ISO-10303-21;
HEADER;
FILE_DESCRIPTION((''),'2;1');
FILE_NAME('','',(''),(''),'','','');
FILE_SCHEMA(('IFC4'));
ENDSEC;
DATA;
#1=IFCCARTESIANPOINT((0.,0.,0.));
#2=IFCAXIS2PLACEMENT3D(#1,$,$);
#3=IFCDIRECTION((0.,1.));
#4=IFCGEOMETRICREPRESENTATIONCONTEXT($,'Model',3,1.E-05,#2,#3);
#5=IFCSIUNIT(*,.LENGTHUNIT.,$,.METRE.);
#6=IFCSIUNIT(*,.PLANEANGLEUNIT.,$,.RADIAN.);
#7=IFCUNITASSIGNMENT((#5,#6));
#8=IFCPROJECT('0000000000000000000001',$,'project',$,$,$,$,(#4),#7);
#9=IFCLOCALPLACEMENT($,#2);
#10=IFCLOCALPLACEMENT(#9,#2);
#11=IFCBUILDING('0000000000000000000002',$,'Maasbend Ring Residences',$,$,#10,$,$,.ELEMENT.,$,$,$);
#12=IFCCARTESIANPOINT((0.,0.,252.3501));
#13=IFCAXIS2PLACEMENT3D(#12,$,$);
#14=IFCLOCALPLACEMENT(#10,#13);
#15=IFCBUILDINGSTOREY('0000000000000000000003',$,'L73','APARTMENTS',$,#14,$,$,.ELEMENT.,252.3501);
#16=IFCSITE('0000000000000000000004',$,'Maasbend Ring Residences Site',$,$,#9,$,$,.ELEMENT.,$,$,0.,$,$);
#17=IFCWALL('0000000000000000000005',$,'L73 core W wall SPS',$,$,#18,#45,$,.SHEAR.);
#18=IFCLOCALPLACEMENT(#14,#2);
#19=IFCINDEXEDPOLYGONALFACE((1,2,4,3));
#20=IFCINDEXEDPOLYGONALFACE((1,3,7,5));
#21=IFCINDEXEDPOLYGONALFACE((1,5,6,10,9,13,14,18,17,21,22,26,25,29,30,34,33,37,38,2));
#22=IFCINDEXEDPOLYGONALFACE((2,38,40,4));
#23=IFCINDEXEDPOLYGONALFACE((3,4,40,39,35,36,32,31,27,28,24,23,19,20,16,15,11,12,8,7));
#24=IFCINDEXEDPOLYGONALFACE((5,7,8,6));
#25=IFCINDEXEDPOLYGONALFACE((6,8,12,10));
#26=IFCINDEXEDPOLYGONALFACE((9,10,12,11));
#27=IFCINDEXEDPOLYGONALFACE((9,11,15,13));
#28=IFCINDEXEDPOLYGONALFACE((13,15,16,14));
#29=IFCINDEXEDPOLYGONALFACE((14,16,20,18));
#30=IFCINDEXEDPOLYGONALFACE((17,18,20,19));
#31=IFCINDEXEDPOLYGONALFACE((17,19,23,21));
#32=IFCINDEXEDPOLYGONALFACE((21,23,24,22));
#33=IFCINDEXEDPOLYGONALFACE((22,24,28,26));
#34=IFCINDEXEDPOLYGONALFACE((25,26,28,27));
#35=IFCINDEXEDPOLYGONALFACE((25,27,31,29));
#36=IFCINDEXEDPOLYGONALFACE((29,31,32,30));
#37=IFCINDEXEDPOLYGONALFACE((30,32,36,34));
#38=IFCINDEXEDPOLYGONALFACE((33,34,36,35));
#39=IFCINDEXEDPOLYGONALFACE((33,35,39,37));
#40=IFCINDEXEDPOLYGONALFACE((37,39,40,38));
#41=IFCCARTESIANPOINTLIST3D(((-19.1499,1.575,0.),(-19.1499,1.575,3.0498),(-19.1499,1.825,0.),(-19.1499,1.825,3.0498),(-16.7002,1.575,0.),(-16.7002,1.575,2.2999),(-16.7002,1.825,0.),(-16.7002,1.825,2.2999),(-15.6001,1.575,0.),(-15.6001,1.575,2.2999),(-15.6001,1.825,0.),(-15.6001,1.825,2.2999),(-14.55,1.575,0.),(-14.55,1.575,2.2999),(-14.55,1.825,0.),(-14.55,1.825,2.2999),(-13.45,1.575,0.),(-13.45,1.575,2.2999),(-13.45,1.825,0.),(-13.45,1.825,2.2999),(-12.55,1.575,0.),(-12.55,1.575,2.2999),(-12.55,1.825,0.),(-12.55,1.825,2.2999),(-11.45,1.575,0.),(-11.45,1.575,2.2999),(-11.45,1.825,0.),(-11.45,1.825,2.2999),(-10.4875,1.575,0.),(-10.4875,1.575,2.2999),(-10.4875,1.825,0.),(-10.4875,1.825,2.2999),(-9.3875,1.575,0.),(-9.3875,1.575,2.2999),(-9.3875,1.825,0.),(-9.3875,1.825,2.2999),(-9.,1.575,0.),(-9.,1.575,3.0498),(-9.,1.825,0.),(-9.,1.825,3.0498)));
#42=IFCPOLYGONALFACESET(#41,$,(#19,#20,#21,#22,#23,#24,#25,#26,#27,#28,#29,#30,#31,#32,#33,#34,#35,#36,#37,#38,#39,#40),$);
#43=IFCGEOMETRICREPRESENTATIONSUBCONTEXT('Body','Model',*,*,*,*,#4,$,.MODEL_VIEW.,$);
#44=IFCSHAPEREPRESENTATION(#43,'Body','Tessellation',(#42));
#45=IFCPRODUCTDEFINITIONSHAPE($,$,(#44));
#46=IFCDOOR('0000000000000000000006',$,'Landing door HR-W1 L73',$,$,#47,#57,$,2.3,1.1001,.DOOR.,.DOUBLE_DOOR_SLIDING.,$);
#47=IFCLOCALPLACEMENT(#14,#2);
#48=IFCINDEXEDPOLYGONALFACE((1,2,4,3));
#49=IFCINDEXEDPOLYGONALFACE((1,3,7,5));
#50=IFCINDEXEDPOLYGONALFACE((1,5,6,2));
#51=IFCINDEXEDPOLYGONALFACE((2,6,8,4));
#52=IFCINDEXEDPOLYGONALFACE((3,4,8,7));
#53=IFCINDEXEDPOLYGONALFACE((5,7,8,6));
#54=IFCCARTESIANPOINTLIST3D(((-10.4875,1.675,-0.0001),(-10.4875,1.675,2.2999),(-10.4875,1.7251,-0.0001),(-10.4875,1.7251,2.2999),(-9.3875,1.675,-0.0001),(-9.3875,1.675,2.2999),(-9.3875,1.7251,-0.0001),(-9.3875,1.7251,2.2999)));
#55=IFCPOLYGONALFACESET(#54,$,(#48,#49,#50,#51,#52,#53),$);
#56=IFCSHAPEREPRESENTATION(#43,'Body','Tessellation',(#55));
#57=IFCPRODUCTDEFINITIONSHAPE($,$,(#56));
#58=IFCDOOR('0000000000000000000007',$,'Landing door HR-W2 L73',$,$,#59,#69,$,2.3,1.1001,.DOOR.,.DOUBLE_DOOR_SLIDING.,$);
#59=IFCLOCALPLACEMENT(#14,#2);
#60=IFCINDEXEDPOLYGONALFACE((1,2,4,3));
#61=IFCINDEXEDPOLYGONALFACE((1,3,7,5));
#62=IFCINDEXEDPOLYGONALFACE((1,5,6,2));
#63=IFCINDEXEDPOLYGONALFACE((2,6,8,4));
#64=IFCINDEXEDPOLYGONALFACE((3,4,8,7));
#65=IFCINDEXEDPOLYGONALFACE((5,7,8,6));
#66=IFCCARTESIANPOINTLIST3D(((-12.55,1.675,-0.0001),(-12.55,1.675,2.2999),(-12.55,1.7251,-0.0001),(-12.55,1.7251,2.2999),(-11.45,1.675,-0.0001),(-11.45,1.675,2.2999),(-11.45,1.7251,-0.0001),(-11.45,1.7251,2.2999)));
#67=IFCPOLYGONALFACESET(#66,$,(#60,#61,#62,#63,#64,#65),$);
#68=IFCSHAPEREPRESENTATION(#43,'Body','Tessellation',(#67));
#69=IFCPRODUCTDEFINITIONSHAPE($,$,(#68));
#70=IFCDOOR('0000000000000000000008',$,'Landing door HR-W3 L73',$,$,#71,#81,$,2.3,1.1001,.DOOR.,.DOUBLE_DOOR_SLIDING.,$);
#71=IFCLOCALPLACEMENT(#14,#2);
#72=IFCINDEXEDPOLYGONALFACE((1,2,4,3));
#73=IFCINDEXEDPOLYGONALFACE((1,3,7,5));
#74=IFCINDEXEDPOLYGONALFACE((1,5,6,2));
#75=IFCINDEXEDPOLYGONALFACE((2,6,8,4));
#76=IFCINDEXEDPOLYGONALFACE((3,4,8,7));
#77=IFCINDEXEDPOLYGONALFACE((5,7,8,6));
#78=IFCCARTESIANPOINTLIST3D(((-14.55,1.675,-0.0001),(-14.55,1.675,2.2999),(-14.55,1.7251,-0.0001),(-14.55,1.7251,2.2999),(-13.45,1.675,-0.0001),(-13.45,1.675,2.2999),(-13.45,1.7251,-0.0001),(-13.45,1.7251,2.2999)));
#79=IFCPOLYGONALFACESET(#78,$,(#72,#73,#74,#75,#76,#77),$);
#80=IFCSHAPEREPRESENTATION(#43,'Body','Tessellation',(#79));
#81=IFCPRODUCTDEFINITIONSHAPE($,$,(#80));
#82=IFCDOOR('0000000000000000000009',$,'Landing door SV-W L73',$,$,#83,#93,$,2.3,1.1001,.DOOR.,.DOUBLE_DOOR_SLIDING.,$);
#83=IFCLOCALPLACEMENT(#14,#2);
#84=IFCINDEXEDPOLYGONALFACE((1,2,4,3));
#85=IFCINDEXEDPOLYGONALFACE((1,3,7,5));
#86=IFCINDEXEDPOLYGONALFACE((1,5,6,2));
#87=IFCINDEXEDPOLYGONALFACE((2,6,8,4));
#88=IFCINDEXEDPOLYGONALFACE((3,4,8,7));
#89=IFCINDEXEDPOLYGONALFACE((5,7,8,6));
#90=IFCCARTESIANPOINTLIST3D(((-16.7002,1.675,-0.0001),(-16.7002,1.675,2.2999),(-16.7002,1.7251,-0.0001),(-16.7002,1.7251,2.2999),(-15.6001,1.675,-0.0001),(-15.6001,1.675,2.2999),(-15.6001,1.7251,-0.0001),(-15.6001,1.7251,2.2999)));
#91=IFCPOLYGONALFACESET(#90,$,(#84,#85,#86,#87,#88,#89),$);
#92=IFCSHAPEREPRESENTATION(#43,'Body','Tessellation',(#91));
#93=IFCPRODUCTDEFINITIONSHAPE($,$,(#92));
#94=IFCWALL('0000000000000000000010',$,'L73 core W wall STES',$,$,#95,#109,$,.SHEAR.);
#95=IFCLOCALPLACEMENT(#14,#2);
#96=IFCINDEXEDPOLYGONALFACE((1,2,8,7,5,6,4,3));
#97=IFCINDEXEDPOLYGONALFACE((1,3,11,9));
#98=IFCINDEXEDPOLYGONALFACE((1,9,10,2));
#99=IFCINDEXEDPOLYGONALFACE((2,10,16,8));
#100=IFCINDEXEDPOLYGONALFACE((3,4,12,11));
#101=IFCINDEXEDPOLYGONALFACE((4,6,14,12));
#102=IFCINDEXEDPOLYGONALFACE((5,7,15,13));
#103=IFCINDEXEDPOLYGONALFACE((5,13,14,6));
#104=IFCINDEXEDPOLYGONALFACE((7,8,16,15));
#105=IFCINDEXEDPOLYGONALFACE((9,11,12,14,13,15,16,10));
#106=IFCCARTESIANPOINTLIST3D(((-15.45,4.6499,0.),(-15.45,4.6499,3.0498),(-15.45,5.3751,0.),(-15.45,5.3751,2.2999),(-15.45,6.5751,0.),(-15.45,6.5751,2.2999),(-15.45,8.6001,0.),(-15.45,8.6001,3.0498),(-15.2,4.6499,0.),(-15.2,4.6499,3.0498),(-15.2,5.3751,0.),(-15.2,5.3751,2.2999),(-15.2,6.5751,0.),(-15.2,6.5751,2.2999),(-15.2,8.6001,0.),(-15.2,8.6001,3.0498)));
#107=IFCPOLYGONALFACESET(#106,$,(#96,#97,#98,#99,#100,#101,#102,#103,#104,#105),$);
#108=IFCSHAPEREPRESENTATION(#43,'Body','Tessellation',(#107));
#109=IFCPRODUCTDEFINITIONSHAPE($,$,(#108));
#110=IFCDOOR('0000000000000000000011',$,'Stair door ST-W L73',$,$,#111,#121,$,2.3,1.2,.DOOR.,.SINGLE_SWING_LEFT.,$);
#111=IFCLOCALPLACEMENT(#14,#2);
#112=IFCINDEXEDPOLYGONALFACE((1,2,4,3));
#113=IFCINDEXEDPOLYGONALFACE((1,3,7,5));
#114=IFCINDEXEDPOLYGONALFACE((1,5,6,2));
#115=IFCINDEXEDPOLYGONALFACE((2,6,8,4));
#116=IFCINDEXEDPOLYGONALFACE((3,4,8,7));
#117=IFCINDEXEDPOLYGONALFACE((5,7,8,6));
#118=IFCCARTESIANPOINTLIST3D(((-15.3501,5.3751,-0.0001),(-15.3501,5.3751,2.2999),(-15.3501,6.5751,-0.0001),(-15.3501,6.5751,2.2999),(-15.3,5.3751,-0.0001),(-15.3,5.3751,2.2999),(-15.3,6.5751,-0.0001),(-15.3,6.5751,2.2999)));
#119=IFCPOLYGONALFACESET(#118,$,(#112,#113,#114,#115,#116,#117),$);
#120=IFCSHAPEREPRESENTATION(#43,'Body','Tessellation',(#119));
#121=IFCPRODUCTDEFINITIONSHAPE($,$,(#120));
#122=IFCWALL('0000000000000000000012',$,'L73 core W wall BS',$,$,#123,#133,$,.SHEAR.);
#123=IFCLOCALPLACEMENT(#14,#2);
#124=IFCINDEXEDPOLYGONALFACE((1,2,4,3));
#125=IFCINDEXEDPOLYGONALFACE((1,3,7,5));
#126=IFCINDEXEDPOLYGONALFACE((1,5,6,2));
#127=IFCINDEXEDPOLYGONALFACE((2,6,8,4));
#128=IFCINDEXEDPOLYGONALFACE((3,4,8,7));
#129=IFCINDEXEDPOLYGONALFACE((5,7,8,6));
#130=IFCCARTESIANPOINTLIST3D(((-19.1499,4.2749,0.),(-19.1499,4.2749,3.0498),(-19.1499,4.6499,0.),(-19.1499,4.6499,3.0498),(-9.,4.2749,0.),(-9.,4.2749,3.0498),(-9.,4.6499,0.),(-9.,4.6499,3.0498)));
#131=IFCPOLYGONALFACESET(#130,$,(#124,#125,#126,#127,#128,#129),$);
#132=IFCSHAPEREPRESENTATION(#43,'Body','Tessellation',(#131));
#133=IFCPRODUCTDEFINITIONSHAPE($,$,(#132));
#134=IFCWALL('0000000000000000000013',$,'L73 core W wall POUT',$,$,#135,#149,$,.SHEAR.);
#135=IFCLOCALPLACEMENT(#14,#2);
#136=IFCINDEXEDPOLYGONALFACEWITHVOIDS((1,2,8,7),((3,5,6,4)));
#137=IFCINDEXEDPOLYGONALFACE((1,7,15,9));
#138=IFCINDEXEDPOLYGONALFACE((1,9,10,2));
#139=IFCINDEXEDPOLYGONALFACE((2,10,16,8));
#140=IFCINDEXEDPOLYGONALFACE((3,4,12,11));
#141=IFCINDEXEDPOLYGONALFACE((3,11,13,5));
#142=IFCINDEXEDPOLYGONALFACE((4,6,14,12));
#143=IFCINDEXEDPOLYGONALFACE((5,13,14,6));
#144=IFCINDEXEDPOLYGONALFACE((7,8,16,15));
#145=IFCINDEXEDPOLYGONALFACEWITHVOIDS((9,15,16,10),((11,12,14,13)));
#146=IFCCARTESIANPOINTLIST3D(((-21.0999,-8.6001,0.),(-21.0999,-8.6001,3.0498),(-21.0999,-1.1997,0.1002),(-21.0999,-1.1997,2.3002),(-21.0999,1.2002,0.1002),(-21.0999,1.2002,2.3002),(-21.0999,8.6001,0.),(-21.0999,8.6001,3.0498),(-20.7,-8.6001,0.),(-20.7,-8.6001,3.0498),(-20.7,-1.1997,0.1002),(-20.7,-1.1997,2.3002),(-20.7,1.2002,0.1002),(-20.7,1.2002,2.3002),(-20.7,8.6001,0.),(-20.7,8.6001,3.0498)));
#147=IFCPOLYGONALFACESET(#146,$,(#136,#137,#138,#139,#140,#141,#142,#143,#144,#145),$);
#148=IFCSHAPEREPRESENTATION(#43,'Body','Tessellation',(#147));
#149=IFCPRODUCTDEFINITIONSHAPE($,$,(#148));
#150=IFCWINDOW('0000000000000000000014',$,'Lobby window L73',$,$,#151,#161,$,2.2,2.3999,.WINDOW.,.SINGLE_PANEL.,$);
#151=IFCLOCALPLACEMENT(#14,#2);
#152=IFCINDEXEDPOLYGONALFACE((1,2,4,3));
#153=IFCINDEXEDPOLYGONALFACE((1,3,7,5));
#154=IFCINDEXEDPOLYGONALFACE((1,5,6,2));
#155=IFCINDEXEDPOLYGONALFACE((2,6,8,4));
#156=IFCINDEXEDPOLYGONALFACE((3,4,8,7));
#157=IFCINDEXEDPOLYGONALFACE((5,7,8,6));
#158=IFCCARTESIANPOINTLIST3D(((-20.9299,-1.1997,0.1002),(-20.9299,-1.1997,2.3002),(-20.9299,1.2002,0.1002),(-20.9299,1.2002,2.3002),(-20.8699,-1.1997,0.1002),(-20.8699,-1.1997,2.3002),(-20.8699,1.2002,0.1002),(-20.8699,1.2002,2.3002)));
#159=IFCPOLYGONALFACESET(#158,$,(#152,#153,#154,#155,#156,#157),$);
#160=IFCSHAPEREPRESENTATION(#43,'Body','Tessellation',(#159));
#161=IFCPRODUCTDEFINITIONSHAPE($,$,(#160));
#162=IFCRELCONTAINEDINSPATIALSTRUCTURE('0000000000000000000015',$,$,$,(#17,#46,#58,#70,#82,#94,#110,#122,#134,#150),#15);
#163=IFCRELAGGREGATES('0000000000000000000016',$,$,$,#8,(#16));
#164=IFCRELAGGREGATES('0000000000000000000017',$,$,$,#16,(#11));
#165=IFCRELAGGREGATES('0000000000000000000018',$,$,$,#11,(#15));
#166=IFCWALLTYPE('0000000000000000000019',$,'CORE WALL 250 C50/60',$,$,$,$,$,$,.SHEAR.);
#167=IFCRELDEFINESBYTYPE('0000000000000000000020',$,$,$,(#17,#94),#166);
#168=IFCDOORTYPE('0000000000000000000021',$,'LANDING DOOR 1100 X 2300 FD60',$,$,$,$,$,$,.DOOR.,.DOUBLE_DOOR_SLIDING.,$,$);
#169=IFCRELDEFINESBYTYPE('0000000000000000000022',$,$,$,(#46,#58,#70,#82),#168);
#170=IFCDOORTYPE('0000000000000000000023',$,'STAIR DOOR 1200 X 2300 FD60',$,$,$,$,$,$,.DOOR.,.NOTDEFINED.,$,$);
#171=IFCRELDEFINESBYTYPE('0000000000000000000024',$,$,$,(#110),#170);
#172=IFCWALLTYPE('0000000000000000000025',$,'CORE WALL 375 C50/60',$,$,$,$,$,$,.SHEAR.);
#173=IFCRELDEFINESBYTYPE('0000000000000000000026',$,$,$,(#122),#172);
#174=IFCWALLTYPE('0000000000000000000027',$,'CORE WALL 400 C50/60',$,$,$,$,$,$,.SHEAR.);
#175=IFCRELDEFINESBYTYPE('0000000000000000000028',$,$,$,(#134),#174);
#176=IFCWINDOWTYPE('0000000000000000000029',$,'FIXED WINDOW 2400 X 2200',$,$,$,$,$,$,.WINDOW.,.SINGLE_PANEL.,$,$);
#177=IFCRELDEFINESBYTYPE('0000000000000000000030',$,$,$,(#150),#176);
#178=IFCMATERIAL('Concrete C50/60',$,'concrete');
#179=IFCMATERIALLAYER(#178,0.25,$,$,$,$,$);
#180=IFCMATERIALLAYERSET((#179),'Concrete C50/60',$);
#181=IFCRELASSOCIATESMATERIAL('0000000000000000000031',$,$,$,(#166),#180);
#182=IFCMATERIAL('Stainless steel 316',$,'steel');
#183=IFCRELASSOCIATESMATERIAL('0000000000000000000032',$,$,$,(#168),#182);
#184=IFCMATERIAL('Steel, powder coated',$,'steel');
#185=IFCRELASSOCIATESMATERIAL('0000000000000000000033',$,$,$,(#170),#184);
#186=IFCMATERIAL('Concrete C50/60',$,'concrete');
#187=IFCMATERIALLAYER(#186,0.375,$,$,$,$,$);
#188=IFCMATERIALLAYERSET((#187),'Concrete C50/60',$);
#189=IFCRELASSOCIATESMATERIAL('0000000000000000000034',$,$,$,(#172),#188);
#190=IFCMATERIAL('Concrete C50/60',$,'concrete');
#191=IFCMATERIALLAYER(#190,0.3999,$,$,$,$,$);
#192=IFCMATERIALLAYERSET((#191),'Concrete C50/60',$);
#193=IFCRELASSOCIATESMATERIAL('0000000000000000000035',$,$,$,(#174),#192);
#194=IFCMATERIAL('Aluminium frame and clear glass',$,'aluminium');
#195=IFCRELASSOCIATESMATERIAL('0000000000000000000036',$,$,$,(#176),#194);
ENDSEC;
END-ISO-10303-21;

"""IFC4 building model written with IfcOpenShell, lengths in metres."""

from ifc_helpers import new_model, si_unit, direction, frame, frame_2d, origin, place, context, subcontext, project, spatial, rectangle, extrude, material, layer, layer_set, type_object, element, fill, save


model = new_model("IFC4")

# Units and contexts
model_context = context("Model", 3, precision=1e-05, world=origin(), true_north=direction((0.0, 1.0)))
body_context = subcontext(model_context, "Body", "Model", "MODEL_VIEW")
ifc_project = project(units=[si_unit("LENGTHUNIT", "METRE"), si_unit("PLANEANGLEUNIT", "RADIAN")], contexts=[model_context])

# Site, building, storey
site_placement = place(None, origin())
site = spatial("IfcSite", under=ifc_project, at=site_placement, Name="Maasbend Ring Residences Site", CompositionType="ELEMENT", RefElevation=0.0)
building_placement = place(site_placement, origin())
building = spatial("IfcBuilding", under=site, at=building_placement, Name="Maasbend Ring Residences", CompositionType="ELEMENT")
storey_placement = place(building_placement, frame((0.0, 0.0, 252.3501)))
storey = spatial("IfcBuildingStorey", under=building, at=storey_placement, Name="L73", Description="APARTMENTS", CompositionType="ELEMENT", Elevation=252.3501)

# Wall, openings, doors
ifc_material_1 = material(Name="Concrete C50/60", Category="concrete")
ifc_layer_1 = layer(ifc_material_1, 0.25)
ifc_layer_set_1 = layer_set([ifc_layer_1], Name="Concrete C50/60")
wall_type_1 = type_object("IfcWallType", Name="CORE WALL 250 C50/60", PredefinedType="SHEAR", material=ifc_layer_set_1)
wall_1_placement = place(storey_placement, frame((-9.0, 1.7, 0.0), z_axis=(0.0, 0.0, 1.0), x_axis=(-1.0, 0.0, 0.0)))
wall_1 = element("IfcWall", 1, at=wall_1_placement, inside=storey, type_object=wall_type_1, Name="L73 core W wall SPS", PredefinedType="SHEAR", context=body_context, shape_type="SweptSolid", body=[
    extrude(rectangle(XDim=10.1499, YDim=0.25, at=frame_2d((5.075, 0.0))), origin(), (0.0, 0.0, 1.0), 3.0498),
])
opening_1_placement = place(wall_1_placement, frame((0.3875, 0.0, 0.0)))
opening_1 = element("IfcOpeningElement", 2, at=opening_1_placement, cuts=wall_1, PredefinedType="OPENING", context=body_context, shape_type="SweptSolid", body=[
    extrude(rectangle(XDim=1.1001, YDim=2.3, at=frame_2d((0.55, 1.1499))), frame((0.0, 0.135, 0.0), z_axis=(0.0, -1.0, 0.0), x_axis=(1.0, 0.0, 0.0)), (0.0, 0.0, 1.0), 0.27),
])
opening_2_placement = place(wall_1_placement, frame((2.45, 0.0, 0.0)))
opening_2 = element("IfcOpeningElement", 3, at=opening_2_placement, cuts=wall_1, PredefinedType="OPENING", context=body_context, shape_type="SweptSolid", body=[
    extrude(rectangle(XDim=1.1001, YDim=2.3, at=frame_2d((0.55, 1.1499))), frame((0.0, 0.135, 0.0), z_axis=(0.0, -1.0, 0.0), x_axis=(1.0, 0.0, 0.0)), (0.0, 0.0, 1.0), 0.27),
])
opening_3_placement = place(wall_1_placement, frame((4.45, 0.0, 0.0)))
opening_3 = element("IfcOpeningElement", 4, at=opening_3_placement, cuts=wall_1, PredefinedType="OPENING", context=body_context, shape_type="SweptSolid", body=[
    extrude(rectangle(XDim=1.1001, YDim=2.3, at=frame_2d((0.55, 1.1499))), frame((0.0, 0.135, 0.0), z_axis=(0.0, -1.0, 0.0), x_axis=(1.0, 0.0, 0.0)), (0.0, 0.0, 1.0), 0.27),
])
opening_4_placement = place(wall_1_placement, frame((6.6001, 0.0, 0.0)))
opening_4 = element("IfcOpeningElement", 5, at=opening_4_placement, cuts=wall_1, PredefinedType="OPENING", context=body_context, shape_type="SweptSolid", body=[
    extrude(rectangle(XDim=1.1001, YDim=2.3, at=frame_2d((0.55, 1.1499))), frame((0.0, 0.135, 0.0), z_axis=(0.0, -1.0, 0.0), x_axis=(1.0, 0.0, 0.0)), (0.0, 0.0, 1.0), 0.27),
])
ifc_material_2 = material(Name="Stainless steel 316", Category="steel")
door_type_1 = type_object("IfcDoorType", Name="LANDING DOOR 1100 X 2300 FD60", OperationType="DOUBLE_DOOR_SLIDING", PredefinedType="DOOR", material=ifc_material_2)
door_1_placement = place(opening_1_placement, origin())
door_1 = element("IfcDoor", 6, at=door_1_placement, inside=storey, type_object=door_type_1, Name="Landing door HR-W1 L73", OperationType="DOUBLE_DOOR_SLIDING", OverallHeight=2.3, OverallWidth=1.1001, PredefinedType="DOOR", context=body_context, shape_type="SweptSolid", body=[
    extrude(rectangle(XDim=1.1001, YDim=2.3, at=frame_2d((0.55, 1.1499))), frame((0.0, 0.0249, 0.0), z_axis=(0.0, -1.0, 0.0), x_axis=(1.0, 0.0, 0.0)), (0.0, 0.0, 1.0), 0.05),
])
fill(opening_1, door_1)
door_2_placement = place(opening_2_placement, origin())
door_2 = element("IfcDoor", 7, at=door_2_placement, inside=storey, type_object=door_type_1, Name="Landing door HR-W2 L73", OperationType="DOUBLE_DOOR_SLIDING", OverallHeight=2.3, OverallWidth=1.1001, PredefinedType="DOOR", context=body_context, shape_type="SweptSolid", body=[
    extrude(rectangle(XDim=1.1001, YDim=2.3, at=frame_2d((0.55, 1.1499))), frame((0.0, 0.0249, 0.0), z_axis=(0.0, -1.0, 0.0), x_axis=(1.0, 0.0, 0.0)), (0.0, 0.0, 1.0), 0.05),
])
fill(opening_2, door_2)
door_3_placement = place(opening_3_placement, origin())
door_3 = element("IfcDoor", 8, at=door_3_placement, inside=storey, type_object=door_type_1, Name="Landing door HR-W3 L73", OperationType="DOUBLE_DOOR_SLIDING", OverallHeight=2.3, OverallWidth=1.1001, PredefinedType="DOOR", context=body_context, shape_type="SweptSolid", body=[
    extrude(rectangle(XDim=1.1001, YDim=2.3, at=frame_2d((0.55, 1.1499))), frame((0.0, 0.0249, 0.0), z_axis=(0.0, -1.0, 0.0), x_axis=(1.0, 0.0, 0.0)), (0.0, 0.0, 1.0), 0.05),
])
fill(opening_3, door_3)
door_4_placement = place(opening_4_placement, origin())
door_4 = element("IfcDoor", 9, at=door_4_placement, inside=storey, type_object=door_type_1, Name="Landing door SV-W L73", OperationType="DOUBLE_DOOR_SLIDING", OverallHeight=2.3, OverallWidth=1.1001, PredefinedType="DOOR", context=body_context, shape_type="SweptSolid", body=[
    extrude(rectangle(XDim=1.1001, YDim=2.3, at=frame_2d((0.55, 1.1499))), frame((0.0, 0.0249, 0.0), z_axis=(0.0, -1.0, 0.0), x_axis=(1.0, 0.0, 0.0)), (0.0, 0.0, 1.0), 0.05),
])
fill(opening_4, door_4)

# Wall, opening, door
wall_2_placement = place(storey_placement, frame((-15.325, 8.6001, 0.0), z_axis=(0.0, 0.0, 1.0), x_axis=(0.0, -1.0, 0.0)))
wall_2 = element("IfcWall", 10, at=wall_2_placement, inside=storey, type_object=wall_type_1, Name="L73 core W wall STES", PredefinedType="SHEAR", context=body_context, shape_type="SweptSolid", body=[
    extrude(rectangle(XDim=3.9502, YDim=0.25, at=frame_2d((1.9751, 0.0))), origin(), (0.0, 0.0, 1.0), 3.0498),
])
opening_5_placement = place(wall_2_placement, frame((2.0249, 0.0, 0.0)))
opening_5 = element("IfcOpeningElement", 11, at=opening_5_placement, cuts=wall_2, PredefinedType="OPENING", context=body_context, shape_type="SweptSolid", body=[
    extrude(rectangle(XDim=1.2, YDim=2.3, at=frame_2d((0.6001, 1.1499))), frame((0.0, 0.135, 0.0), z_axis=(0.0, -1.0, 0.0), x_axis=(1.0, 0.0, 0.0)), (0.0, 0.0, 1.0), 0.27),
])
ifc_material_3 = material(Name="Steel, powder coated", Category="steel")
door_type_2 = type_object("IfcDoorType", Name="STAIR DOOR 1200 X 2300 FD60", OperationType="NOTDEFINED", PredefinedType="DOOR", material=ifc_material_3)
door_5_placement = place(opening_5_placement, origin())
door_5 = element("IfcDoor", 12, at=door_5_placement, inside=storey, type_object=door_type_2, Name="Stair door ST-W L73", OperationType="SINGLE_SWING_LEFT", OverallHeight=2.3, OverallWidth=1.2, PredefinedType="DOOR", context=body_context, shape_type="SweptSolid", body=[
    extrude(rectangle(XDim=1.2, YDim=2.3, at=frame_2d((0.6001, 1.1499))), frame((0.0, 0.0249, 0.0), z_axis=(0.0, -1.0, 0.0), x_axis=(1.0, 0.0, 0.0)), (0.0, 0.0, 1.0), 0.05),
])
fill(opening_5, door_5)

# Wall
ifc_material_4 = material(Name="Concrete C50/60", Category="concrete")
ifc_layer_2 = layer(ifc_material_4, 0.375)
ifc_layer_set_2 = layer_set([ifc_layer_2], Name="Concrete C50/60")
wall_type_2 = type_object("IfcWallType", Name="CORE WALL 375 C50/60", PredefinedType="SHEAR", material=ifc_layer_set_2)
wall_3_placement = place(storey_placement, frame((-9.0, 4.4624, 0.0), z_axis=(0.0, 0.0, 1.0), x_axis=(-1.0, 0.0, 0.0)))
element("IfcWall", 13, at=wall_3_placement, inside=storey, type_object=wall_type_2, Name="L73 core W wall BS", PredefinedType="SHEAR", context=body_context, shape_type="SweptSolid", body=[
    extrude(rectangle(XDim=10.1499, YDim=0.375, at=frame_2d((5.075, 0.0))), origin(), (0.0, 0.0, 1.0), 3.0498),
])

# Wall, opening, window
ifc_material_5 = material(Name="Concrete C50/60", Category="concrete")
ifc_layer_3 = layer(ifc_material_5, 0.3999)
ifc_layer_set_3 = layer_set([ifc_layer_3], Name="Concrete C50/60")
wall_type_3 = type_object("IfcWallType", Name="CORE WALL 400 C50/60", PredefinedType="SHEAR", material=ifc_layer_set_3)
wall_4_placement = place(storey_placement, frame((-20.8999, 8.6001, 0.0), z_axis=(0.0, 0.0, 1.0), x_axis=(0.0, -1.0, 0.0)))
wall_4 = element("IfcWall", 14, at=wall_4_placement, inside=storey, type_object=wall_type_3, Name="L73 core W wall POUT", PredefinedType="SHEAR", context=body_context, shape_type="SweptSolid", body=[
    extrude(rectangle(XDim=17.2002, YDim=0.3999, at=frame_2d((8.6001, 0.0))), origin(), (0.0, 0.0, 1.0), 3.0498),
])
opening_6_placement = place(wall_4_placement, frame((7.3999, 0.0, 0.1001)))
opening_6 = element("IfcOpeningElement", 15, at=opening_6_placement, cuts=wall_4, PredefinedType="OPENING", context=body_context, shape_type="SweptSolid", body=[
    extrude(rectangle(XDim=2.3999, YDim=2.2, at=frame_2d((1.2, 1.1001))), frame((0.0, 0.21, 0.0), z_axis=(0.0, -1.0, 0.0), x_axis=(1.0, 0.0, 0.0)), (0.0, 0.0, 1.0), 0.4199),
])
ifc_material_6 = material(Name="Aluminium frame and clear glass", Category="aluminium")
window_type = type_object("IfcWindowType", Name="FIXED WINDOW 2400 X 2200", PartitioningType="SINGLE_PANEL", PredefinedType="WINDOW", material=ifc_material_6)
window_1_placement = place(opening_6_placement, origin())
window_1 = element("IfcWindow", 16, at=window_1_placement, inside=storey, type_object=window_type, Name="Lobby window L73", OverallHeight=2.2, OverallWidth=2.3999, PartitioningType="SINGLE_PANEL", PredefinedType="WINDOW", context=body_context, shape_type="SweptSolid", body=[
    extrude(rectangle(XDim=2.3999, YDim=2.2, at=frame_2d((1.2, 1.1001))), frame((0.0, 0.03, 0.0), z_axis=(0.0, -1.0, 0.0), x_axis=(1.0, 0.0, 0.0)), (0.0, 0.0, 1.0), 0.0601),
])
fill(opening_6, window_1)

save(model, "model.ifc")
